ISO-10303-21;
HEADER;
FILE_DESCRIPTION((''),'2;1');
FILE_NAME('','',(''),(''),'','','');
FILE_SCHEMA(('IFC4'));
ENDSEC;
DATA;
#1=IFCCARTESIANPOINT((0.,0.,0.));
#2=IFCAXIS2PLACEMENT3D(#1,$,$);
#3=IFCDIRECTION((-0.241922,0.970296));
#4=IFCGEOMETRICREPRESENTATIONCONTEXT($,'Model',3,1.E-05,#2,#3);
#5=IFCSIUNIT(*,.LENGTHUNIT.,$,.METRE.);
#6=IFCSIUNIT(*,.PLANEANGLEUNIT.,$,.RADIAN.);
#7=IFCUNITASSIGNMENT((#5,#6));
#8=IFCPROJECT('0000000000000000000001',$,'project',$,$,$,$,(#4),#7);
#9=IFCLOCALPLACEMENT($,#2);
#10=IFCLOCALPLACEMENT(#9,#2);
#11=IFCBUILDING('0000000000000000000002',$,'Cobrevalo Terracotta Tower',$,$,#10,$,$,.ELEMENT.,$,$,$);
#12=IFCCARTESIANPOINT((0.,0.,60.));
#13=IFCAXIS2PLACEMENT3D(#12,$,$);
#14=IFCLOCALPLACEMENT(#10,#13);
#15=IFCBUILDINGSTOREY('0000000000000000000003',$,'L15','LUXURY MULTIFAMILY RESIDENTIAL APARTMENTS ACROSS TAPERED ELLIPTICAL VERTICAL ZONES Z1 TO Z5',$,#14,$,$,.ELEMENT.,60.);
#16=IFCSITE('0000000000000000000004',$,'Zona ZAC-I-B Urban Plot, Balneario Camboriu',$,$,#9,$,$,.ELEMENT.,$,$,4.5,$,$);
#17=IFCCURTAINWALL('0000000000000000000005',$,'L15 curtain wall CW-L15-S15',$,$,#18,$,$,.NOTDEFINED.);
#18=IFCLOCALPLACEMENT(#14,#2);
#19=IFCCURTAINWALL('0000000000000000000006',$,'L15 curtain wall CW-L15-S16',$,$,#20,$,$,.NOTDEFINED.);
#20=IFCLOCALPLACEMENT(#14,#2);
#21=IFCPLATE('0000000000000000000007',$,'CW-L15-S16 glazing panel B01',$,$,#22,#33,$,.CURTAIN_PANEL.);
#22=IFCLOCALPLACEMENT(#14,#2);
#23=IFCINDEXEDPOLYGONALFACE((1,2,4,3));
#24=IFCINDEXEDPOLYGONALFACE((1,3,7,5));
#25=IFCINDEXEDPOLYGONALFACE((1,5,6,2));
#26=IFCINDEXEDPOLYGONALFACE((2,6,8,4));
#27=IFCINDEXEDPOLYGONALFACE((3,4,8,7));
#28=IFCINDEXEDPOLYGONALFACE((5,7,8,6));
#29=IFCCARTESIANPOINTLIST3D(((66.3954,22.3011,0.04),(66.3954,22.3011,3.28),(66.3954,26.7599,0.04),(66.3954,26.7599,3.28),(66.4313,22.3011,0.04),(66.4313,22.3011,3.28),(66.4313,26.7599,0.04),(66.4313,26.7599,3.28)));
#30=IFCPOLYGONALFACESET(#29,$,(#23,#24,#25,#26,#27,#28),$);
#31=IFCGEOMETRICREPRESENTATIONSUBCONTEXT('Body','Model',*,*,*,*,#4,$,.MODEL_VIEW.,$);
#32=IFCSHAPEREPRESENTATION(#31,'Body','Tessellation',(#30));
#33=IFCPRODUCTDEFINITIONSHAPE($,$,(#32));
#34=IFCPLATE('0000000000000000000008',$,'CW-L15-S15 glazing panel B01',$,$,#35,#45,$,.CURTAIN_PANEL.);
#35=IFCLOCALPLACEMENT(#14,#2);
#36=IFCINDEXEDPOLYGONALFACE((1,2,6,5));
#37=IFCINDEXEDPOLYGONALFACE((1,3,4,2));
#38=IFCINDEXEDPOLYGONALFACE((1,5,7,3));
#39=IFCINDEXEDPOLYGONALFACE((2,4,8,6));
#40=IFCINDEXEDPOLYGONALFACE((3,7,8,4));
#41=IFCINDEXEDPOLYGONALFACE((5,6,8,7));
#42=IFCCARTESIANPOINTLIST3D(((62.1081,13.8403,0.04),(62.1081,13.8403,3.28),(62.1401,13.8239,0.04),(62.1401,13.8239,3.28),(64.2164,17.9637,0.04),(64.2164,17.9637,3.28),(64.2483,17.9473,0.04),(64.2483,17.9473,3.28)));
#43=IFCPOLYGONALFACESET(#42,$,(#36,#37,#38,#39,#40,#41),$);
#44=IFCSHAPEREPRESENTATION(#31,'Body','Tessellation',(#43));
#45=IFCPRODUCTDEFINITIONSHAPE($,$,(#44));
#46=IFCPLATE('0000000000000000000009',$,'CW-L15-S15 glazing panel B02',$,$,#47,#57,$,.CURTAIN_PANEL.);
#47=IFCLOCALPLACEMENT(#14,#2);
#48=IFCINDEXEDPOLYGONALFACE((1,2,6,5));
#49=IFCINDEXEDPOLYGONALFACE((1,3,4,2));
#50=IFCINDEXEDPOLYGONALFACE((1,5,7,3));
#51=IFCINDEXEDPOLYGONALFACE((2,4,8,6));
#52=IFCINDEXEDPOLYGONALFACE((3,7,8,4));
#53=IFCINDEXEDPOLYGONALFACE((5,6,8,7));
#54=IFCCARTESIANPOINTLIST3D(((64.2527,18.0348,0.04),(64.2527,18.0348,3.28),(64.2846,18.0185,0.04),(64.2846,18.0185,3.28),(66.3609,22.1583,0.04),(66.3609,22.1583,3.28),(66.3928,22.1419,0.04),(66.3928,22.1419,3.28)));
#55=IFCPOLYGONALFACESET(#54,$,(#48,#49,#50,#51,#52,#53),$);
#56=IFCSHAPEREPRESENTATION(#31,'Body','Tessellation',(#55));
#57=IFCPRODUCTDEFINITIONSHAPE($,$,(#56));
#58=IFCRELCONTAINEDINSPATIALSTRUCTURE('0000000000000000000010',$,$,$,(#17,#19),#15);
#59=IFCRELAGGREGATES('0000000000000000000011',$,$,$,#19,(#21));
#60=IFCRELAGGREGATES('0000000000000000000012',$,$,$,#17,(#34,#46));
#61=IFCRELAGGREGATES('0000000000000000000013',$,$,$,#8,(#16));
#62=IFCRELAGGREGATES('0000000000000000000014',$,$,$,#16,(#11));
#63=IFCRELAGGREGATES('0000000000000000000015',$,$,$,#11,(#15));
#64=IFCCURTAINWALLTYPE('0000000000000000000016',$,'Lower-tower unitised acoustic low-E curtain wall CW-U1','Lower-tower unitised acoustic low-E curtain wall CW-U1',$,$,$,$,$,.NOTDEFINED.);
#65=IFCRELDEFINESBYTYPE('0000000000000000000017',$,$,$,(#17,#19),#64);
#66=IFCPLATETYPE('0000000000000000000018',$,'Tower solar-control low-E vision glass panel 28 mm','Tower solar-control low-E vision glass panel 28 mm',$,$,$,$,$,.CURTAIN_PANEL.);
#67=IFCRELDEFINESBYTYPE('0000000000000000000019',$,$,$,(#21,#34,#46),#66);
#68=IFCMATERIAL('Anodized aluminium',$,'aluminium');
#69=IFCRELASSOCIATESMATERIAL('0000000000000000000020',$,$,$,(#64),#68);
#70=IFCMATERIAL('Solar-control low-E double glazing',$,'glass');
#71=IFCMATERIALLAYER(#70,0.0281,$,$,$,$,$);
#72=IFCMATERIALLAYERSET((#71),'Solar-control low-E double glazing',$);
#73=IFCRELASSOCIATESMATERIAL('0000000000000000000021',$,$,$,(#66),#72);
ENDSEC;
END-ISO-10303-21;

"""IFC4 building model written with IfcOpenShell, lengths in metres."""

from ifc_helpers import new_model, si_unit, direction, frame, origin, origin_2d, place, context, subcontext, project, spatial, rectangle, extrude, source, transform, mapped, material, layer, layer_set, type_object, element, aggregate, save


model = new_model("IFC4")

# Units and contexts
model_context = context("Model", 3, precision=1e-05, world=origin(), true_north=direction((-0.241922, 0.970296)))
body_context = subcontext(model_context, "Body", "Model", "MODEL_VIEW")
ifc_project = project(units=[si_unit("LENGTHUNIT", "METRE"), si_unit("PLANEANGLEUNIT", "RADIAN")], contexts=[model_context])

# Site, building, storey
site_placement = place(None, origin())
site = spatial("IfcSite", under=ifc_project, at=site_placement, Name="Zona ZAC-I-B Urban Plot, Balneario Camboriu", CompositionType="ELEMENT", RefElevation=4.5)
building_placement = place(site_placement, origin())
building = spatial("IfcBuilding", under=site, at=building_placement, Name="Cobrevalo Terracotta Tower", CompositionType="ELEMENT")
storey_placement = place(building_placement, frame((0.0, 0.0, 60.0)))
storey = spatial("IfcBuildingStorey", under=building, at=storey_placement, Name="L15", Description="LUXURY MULTIFAMILY RESIDENTIAL APARTMENTS ACROSS TAPERED ELLIPTICAL VERTICAL ZONES Z1 TO Z5", CompositionType="ELEMENT", Elevation=60.0)

# Curtain walls
ifc_material_1 = material(Name="Anodized aluminium", Category="aluminium")
curtain_wall_type = type_object("IfcCurtainWallType", Name="Lower-tower unitised acoustic low-E curtain wall CW-U1", Description="Lower-tower unitised acoustic low-E curtain wall CW-U1", PredefinedType="NOTDEFINED", material=ifc_material_1)
curtain_wall_1_placement = place(storey_placement, origin())
curtain_wall_1 = element("IfcCurtainWall", 1, at=curtain_wall_1_placement, inside=storey, type_object=curtain_wall_type, Name="L15 curtain wall CW-L15-S15", PredefinedType="NOTDEFINED")
curtain_wall_2_placement = place(storey_placement, origin())
curtain_wall_2 = element("IfcCurtainWall", 2, at=curtain_wall_2_placement, inside=storey, type_object=curtain_wall_type, Name="L15 curtain wall CW-L15-S16", PredefinedType="NOTDEFINED")

# Plates
ifc_material_2 = material(Name="Solar-control low-E double glazing", Category="glass")
ifc_layer = layer(ifc_material_2, 0.0281)
ifc_layer_set = layer_set([ifc_layer], Name="Solar-control low-E double glazing")
plate_type = type_object("IfcPlateType", Name="Tower solar-control low-E vision glass panel 28 mm", Description="Tower solar-control low-E vision glass panel 28 mm", PredefinedType="CURTAIN_PANEL", material=ifc_layer_set)
shared_shape_1 = source(origin(), body_context, "Body", "SweptSolid", [
    extrude(rectangle(XDim=4.4587, YDim=0.0359, at=origin_2d()), origin(), (0.0, 0.0, 1.0), 3.24),
])
plate_1_placement = place(storey_placement, frame((66.4133, 24.5305, 0.04), z_axis=(0.0, 0.0, 1.0), x_axis=(0.0, 1.0, 0.0)))
plate_1 = element("IfcPlate", 3, at=plate_1_placement, type_object=plate_type, Name="CW-L15-S16 glazing panel B01", PredefinedType="CURTAIN_PANEL", context=body_context, shape_type="MappedRepresentation", body=[
    mapped(shared_shape_1, transform((0.0, 0.0, 0.0), scale=1.0)),
])
aggregate(curtain_wall_2, [plate_1])
shared_shape_2 = source(origin(), body_context, "Body", "SweptSolid", [
    extrude(rectangle(XDim=4.6311, YDim=0.0359, at=origin_2d()), origin(), (0.0, 0.0, 1.0), 3.24),
])
plate_2_placement = place(storey_placement, frame((63.1782, 15.8938, 0.04), z_axis=(0.0, 0.0, 1.0), x_axis=(0.455231, 0.890373, 0.0)))
plate_2 = element("IfcPlate", 4, at=plate_2_placement, type_object=plate_type, Name="CW-L15-S15 glazing panel B01", PredefinedType="CURTAIN_PANEL", context=body_context, shape_type="MappedRepresentation", body=[
    mapped(shared_shape_2, transform((0.0, 0.0, 0.0), scale=1.0)),
])
plate_3_placement = place(storey_placement, frame((65.3228, 20.0884, 0.04), z_axis=(0.0, 0.0, 1.0), x_axis=(0.455231, 0.890373, 0.0)))
plate_3 = element("IfcPlate", 5, at=plate_3_placement, type_object=plate_type, Name="CW-L15-S15 glazing panel B02", PredefinedType="CURTAIN_PANEL", context=body_context, shape_type="MappedRepresentation", body=[
    mapped(shared_shape_2, transform((0.0, 0.0, 0.0), scale=1.0)),
])
aggregate(curtain_wall_1, [plate_2, plate_3])

save(model, "model.ifc")
